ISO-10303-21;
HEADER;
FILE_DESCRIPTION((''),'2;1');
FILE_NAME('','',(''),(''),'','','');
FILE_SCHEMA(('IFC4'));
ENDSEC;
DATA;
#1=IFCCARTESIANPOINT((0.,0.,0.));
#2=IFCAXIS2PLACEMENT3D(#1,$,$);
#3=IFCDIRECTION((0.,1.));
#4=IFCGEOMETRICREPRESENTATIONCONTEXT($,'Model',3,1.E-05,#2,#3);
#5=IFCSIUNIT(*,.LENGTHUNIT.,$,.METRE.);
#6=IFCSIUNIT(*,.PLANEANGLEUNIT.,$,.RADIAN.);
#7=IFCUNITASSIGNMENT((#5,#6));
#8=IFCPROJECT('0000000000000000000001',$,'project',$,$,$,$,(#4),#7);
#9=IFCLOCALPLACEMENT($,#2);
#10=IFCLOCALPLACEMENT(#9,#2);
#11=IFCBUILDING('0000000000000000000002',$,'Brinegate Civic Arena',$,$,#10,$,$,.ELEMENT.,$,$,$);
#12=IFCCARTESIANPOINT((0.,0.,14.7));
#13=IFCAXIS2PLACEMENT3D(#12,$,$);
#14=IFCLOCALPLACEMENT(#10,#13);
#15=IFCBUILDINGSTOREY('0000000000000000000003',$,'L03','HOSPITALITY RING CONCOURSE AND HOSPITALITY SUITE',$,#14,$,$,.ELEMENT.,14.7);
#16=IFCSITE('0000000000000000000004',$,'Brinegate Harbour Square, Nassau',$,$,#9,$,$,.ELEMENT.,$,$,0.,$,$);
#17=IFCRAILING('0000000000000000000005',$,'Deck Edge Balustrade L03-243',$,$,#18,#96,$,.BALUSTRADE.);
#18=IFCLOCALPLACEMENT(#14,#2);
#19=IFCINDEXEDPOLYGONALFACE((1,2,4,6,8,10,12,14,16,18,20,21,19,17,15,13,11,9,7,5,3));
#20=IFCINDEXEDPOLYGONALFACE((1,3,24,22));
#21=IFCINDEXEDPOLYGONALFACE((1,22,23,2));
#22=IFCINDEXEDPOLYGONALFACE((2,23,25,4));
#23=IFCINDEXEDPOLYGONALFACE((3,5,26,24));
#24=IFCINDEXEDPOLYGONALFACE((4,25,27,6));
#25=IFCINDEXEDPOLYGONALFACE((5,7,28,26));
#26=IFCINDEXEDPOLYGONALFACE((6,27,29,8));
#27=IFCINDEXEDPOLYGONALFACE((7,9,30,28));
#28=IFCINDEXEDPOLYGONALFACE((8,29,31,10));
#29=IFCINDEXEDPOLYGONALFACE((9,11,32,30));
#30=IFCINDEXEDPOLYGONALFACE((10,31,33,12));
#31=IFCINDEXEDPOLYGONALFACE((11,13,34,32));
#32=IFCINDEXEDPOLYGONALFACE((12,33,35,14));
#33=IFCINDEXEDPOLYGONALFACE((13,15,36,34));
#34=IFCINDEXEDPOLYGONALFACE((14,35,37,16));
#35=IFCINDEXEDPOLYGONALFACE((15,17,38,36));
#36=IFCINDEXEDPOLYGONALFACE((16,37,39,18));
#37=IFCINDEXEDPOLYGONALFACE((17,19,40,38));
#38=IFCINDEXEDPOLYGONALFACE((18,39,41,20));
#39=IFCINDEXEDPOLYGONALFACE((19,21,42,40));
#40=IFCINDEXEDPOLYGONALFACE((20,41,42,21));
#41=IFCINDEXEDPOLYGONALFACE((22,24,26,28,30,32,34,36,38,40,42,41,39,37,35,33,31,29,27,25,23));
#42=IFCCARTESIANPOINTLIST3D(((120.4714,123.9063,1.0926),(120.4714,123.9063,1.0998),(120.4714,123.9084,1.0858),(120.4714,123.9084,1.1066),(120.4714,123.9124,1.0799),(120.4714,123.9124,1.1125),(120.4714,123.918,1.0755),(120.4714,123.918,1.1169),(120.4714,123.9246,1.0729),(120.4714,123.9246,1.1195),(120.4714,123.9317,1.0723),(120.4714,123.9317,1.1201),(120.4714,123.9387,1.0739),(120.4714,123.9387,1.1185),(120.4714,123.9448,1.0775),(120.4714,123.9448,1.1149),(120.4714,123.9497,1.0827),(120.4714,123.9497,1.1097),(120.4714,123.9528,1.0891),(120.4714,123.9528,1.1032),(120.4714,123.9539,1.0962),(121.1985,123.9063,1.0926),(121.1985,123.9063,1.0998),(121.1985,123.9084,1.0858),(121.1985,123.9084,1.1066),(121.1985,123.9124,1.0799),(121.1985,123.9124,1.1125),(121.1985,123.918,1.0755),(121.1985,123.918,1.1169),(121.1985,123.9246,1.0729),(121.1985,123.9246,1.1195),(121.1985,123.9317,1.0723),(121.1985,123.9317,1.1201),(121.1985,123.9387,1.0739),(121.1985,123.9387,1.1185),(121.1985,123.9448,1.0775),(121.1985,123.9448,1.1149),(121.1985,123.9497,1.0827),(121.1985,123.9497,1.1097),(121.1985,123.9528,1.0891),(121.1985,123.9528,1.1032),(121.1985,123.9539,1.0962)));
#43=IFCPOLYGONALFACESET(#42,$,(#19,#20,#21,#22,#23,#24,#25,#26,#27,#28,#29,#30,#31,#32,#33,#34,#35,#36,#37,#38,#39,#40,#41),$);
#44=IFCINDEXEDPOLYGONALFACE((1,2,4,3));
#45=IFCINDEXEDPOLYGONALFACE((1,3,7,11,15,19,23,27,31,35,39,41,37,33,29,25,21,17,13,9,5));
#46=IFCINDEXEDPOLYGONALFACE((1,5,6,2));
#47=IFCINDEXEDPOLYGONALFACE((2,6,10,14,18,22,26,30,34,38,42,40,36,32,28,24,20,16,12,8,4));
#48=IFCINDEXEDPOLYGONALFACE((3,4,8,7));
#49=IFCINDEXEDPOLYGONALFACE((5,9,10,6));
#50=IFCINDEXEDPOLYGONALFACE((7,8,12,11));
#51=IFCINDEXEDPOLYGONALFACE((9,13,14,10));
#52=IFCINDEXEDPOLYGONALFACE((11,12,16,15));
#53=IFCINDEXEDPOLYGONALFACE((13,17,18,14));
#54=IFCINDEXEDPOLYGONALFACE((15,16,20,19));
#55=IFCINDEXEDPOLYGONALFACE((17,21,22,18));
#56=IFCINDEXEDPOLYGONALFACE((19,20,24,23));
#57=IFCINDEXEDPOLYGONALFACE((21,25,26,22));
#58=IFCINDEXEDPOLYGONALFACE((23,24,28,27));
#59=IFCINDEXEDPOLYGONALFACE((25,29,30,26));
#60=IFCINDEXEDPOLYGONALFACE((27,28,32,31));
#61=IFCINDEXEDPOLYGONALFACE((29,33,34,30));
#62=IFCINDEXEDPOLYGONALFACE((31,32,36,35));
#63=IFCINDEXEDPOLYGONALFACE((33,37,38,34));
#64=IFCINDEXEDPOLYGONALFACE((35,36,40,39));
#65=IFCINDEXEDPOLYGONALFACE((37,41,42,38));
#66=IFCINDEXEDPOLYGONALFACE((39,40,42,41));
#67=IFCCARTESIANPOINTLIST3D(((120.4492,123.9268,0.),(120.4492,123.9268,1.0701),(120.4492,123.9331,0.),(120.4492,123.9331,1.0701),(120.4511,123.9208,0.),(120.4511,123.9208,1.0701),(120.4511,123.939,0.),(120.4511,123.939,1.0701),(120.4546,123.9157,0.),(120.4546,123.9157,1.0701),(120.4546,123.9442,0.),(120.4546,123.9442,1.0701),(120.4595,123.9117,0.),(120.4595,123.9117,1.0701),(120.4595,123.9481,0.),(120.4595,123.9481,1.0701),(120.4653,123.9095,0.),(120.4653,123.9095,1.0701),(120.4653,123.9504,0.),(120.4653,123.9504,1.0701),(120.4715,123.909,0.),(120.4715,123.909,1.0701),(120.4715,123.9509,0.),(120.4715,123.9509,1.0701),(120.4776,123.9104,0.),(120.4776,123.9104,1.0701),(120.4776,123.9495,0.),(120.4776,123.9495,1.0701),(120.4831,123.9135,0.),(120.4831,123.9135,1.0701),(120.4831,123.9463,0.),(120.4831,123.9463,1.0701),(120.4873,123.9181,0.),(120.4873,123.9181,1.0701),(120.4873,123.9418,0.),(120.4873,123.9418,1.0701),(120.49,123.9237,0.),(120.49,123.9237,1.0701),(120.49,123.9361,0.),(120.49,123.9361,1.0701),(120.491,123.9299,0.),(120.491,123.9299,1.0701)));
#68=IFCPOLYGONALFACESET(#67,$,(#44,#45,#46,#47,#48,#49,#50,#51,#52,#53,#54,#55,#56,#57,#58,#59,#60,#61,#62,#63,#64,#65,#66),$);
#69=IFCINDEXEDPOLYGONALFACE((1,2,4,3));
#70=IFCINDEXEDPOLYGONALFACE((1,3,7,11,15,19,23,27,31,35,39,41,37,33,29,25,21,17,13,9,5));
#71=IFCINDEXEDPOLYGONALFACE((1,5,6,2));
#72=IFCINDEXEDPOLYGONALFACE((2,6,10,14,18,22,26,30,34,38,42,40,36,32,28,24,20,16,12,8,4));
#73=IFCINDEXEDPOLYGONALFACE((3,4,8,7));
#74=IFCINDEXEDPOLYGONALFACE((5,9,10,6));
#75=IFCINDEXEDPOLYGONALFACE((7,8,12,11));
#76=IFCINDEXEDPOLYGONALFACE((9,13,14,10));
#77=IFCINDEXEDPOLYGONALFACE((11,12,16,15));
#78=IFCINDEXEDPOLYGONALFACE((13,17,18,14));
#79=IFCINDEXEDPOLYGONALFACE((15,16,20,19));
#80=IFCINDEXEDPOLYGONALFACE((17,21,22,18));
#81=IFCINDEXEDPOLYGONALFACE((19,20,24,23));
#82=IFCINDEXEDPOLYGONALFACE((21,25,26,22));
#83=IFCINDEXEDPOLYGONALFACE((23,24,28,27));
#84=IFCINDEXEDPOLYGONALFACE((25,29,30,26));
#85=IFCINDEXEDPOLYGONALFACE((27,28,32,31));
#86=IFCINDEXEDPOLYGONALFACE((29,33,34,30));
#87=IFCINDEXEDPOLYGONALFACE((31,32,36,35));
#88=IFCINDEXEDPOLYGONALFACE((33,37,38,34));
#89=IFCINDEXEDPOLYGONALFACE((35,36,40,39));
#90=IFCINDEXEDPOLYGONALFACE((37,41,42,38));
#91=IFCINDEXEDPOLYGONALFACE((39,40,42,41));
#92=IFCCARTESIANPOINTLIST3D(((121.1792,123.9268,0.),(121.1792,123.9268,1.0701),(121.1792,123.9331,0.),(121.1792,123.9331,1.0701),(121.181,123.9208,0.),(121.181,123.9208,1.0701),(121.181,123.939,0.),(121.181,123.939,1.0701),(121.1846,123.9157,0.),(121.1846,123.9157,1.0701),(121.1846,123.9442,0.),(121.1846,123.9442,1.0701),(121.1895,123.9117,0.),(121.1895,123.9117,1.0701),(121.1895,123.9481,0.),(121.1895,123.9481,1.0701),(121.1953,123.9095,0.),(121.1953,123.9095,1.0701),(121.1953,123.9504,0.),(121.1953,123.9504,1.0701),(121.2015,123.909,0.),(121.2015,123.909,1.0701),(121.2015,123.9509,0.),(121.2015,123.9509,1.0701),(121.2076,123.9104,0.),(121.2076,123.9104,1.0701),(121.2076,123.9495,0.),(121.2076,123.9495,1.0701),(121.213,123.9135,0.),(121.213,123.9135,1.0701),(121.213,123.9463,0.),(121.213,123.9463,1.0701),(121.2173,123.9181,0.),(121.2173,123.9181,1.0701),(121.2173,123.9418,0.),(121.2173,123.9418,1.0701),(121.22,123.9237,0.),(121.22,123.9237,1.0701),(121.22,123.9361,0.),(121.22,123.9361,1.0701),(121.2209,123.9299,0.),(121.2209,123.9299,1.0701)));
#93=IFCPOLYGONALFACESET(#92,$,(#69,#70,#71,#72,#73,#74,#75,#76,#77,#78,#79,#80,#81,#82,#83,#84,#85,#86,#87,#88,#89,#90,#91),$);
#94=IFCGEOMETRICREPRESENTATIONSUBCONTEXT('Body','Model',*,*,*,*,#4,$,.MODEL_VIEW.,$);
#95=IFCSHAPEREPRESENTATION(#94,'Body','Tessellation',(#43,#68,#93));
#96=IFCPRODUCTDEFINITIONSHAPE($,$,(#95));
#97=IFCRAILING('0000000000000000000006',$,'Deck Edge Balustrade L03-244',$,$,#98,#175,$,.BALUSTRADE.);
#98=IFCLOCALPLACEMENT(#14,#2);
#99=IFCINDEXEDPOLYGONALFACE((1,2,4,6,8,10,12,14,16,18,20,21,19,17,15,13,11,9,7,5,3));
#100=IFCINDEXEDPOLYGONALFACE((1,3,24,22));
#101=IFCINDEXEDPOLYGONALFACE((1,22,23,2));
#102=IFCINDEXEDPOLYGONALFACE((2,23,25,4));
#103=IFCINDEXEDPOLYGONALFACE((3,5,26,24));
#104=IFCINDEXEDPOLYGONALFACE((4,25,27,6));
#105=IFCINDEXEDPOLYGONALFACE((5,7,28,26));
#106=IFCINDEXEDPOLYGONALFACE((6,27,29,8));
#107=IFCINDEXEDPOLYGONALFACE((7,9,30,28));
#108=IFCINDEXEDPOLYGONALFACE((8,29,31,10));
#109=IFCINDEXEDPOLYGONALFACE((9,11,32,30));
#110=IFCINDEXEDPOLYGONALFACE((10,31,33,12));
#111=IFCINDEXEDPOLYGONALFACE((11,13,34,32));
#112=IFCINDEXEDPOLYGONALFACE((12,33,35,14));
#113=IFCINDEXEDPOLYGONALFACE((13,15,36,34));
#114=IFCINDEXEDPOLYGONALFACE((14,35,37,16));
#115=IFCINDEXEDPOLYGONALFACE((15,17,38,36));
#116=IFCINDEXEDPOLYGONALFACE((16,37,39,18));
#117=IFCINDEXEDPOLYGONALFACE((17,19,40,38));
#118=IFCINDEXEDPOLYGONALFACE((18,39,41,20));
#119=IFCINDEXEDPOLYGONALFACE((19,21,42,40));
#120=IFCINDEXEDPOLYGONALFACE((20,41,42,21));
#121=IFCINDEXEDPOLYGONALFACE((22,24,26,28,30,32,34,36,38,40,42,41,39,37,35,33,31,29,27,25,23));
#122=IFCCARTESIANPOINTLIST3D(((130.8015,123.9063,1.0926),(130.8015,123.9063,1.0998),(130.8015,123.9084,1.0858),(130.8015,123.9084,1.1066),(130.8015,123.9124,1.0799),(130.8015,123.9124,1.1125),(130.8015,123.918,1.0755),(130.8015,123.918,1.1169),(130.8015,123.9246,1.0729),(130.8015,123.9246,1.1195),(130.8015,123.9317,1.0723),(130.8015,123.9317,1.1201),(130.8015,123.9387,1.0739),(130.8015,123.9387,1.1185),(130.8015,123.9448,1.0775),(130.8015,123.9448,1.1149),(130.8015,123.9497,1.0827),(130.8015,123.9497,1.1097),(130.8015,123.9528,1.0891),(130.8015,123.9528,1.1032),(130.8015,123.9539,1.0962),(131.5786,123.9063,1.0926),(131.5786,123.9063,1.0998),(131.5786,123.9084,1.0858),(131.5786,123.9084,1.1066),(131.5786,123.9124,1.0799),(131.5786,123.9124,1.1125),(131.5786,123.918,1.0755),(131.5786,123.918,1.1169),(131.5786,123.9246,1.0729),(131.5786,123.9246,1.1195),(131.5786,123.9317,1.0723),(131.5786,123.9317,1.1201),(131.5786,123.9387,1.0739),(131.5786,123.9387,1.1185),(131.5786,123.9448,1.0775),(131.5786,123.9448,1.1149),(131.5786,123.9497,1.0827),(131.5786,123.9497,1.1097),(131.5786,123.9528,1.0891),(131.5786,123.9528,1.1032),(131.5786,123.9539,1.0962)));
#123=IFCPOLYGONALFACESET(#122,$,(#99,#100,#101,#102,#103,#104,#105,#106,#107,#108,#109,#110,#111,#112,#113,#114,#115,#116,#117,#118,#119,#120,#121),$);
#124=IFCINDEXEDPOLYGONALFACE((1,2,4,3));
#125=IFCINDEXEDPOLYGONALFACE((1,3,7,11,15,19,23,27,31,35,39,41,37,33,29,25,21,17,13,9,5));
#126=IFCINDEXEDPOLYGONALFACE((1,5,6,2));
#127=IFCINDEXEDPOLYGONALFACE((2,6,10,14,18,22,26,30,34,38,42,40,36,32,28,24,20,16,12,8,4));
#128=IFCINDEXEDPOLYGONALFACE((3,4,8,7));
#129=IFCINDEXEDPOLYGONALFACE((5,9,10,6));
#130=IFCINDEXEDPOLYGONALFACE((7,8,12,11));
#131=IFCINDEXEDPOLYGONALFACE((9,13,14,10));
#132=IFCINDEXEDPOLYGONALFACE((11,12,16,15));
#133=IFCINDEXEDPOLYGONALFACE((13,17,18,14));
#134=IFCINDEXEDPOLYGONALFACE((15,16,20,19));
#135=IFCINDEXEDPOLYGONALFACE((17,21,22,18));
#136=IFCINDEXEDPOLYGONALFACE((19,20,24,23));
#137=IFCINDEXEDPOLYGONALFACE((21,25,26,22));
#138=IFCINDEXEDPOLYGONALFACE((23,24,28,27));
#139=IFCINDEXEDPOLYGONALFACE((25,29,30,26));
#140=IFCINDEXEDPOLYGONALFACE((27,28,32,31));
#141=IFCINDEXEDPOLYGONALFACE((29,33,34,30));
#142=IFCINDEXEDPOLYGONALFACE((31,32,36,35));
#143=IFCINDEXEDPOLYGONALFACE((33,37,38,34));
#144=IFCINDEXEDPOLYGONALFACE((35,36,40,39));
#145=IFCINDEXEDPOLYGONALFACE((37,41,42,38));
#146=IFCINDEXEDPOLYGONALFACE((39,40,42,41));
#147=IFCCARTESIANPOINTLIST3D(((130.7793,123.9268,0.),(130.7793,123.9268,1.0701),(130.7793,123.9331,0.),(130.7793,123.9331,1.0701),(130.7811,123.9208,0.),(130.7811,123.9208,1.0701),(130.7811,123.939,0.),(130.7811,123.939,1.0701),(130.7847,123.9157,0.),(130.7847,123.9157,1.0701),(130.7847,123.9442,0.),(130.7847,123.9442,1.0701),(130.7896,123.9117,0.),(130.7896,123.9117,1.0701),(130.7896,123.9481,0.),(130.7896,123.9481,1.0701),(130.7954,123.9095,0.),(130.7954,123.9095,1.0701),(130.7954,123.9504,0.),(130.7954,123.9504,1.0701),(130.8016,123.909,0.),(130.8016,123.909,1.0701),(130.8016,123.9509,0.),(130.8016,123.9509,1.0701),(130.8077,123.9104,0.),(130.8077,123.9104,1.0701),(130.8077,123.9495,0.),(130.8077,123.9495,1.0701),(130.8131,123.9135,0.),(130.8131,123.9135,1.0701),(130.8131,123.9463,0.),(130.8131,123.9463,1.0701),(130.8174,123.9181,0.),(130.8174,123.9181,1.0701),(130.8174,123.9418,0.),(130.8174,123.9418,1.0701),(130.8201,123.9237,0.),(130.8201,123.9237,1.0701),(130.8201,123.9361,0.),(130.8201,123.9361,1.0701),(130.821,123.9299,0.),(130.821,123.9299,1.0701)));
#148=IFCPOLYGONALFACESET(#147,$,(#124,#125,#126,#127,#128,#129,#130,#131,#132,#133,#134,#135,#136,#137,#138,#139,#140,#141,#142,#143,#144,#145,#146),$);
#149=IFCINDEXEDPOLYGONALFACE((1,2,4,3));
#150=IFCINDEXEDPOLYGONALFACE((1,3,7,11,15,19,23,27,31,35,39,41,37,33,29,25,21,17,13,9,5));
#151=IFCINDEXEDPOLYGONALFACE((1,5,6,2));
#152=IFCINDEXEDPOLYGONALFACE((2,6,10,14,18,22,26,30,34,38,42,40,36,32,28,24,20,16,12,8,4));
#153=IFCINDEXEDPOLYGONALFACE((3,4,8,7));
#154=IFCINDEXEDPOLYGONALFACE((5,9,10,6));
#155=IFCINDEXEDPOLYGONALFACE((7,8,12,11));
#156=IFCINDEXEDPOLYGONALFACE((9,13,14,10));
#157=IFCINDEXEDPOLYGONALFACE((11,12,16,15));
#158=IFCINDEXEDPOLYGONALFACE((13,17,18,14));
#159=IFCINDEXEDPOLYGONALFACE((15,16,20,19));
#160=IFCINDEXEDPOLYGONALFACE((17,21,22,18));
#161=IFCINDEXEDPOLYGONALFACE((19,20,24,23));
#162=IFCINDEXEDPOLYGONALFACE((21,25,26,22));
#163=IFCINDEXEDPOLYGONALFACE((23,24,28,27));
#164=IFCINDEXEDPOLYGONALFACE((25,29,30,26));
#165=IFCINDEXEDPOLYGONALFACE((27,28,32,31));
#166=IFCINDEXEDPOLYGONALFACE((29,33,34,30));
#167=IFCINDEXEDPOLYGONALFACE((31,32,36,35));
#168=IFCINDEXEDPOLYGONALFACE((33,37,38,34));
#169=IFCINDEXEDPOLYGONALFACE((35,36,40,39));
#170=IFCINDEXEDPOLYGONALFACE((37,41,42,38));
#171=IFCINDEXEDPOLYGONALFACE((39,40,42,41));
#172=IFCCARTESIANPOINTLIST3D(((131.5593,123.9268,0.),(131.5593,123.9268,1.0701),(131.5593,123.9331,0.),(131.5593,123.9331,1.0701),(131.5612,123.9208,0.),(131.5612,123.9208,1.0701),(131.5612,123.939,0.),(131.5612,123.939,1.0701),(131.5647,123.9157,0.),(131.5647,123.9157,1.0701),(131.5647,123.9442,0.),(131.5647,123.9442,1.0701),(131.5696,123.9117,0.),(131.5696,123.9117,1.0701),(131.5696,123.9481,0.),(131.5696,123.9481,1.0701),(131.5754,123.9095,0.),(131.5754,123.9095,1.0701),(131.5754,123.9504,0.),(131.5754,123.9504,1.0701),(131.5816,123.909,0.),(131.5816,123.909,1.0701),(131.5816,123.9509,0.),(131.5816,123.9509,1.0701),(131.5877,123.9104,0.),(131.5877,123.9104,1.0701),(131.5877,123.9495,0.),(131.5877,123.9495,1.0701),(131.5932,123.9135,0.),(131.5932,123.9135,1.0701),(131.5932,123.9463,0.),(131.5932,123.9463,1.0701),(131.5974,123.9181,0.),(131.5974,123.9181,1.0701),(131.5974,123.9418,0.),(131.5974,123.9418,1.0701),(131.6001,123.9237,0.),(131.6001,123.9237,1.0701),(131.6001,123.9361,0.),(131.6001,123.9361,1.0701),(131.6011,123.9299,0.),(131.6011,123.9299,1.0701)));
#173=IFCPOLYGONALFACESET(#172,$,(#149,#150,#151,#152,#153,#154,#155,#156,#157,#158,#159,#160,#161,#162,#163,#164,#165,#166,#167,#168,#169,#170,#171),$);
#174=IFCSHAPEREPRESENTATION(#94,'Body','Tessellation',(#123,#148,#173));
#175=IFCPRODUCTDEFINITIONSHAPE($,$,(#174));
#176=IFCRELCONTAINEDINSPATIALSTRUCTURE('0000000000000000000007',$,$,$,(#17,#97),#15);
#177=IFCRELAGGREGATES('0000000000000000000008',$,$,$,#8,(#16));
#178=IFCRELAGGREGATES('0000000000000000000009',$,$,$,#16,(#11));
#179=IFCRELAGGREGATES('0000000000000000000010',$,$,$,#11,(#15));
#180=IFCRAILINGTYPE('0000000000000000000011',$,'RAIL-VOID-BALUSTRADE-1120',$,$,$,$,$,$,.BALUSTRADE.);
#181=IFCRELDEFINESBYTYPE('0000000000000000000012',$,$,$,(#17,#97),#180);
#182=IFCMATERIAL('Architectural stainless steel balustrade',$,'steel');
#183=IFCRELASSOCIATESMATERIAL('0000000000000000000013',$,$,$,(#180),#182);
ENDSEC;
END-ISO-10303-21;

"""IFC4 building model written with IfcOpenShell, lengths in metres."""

from ifc_helpers import new_model, si_unit, direction, frame, origin, origin_2d, place, context, subcontext, project, spatial, circle, extrude, material, type_object, element, save


model = new_model("IFC4")

# Units and contexts
model_context = context("Model", 3, precision=1e-05, world=origin(), true_north=direction((0.0, 1.0)))
body_context = subcontext(model_context, "Body", "Model", "MODEL_VIEW")
ifc_project = project(units=[si_unit("LENGTHUNIT", "METRE"), si_unit("PLANEANGLEUNIT", "RADIAN")], contexts=[model_context])

# Site, building, storey
site_placement = place(None, origin())
site = spatial("IfcSite", under=ifc_project, at=site_placement, Name="Brinegate Harbour Square, Nassau", CompositionType="ELEMENT", RefElevation=0.0)
building_placement = place(site_placement, origin())
building = spatial("IfcBuilding", under=site, at=building_placement, Name="Brinegate Civic Arena", CompositionType="ELEMENT")
storey_placement = place(building_placement, frame((0.0, 0.0, 14.7)))
storey = spatial("IfcBuildingStorey", under=building, at=storey_placement, Name="L03", Description="HOSPITALITY RING CONCOURSE AND HOSPITALITY SUITE", CompositionType="ELEMENT", Elevation=14.7)

# Railings
ifc_material_1 = material(Name="Architectural stainless steel balustrade", Category="steel")
railing_type_1 = type_object("IfcRailingType", Name="RAIL-VOID-BALUSTRADE-1120", PredefinedType="BALUSTRADE", material=ifc_material_1)
railing_1_placement = place(storey_placement, frame((120.47, 123.9299, 0.0)))
element("IfcRailing", 1, at=railing_1_placement, inside=storey, type_object=railing_type_1, Name="Deck Edge Balustrade L03-243", PredefinedType="BALUSTRADE", context=body_context, shape_type="SweptSolid", body=[
    extrude(circle(Radius=0.0239, at=origin_2d()), frame((0.0015, 0.0, 1.0962), z_axis=(1.0, 0.0, 0.0), x_axis=(0.0, 1.0, 0.0)), (0.0, 0.0, 1.0), 0.7271),
    extrude(circle(Radius=0.021, at=origin_2d()), origin(), (0.0, 0.0, 1.0), 1.0701),
    extrude(circle(Radius=0.021, at=origin_2d()), frame((0.73, 0.0, 0.0)), (0.0, 0.0, 1.0), 1.0701),
])
railing_2_placement = place(storey_placement, frame((130.8, 123.9299, 0.0)))
element("IfcRailing", 2, at=railing_2_placement, inside=storey, type_object=railing_type_1, Name="Deck Edge Balustrade L03-244", PredefinedType="BALUSTRADE", context=body_context, shape_type="SweptSolid", body=[
    extrude(circle(Radius=0.0239, at=origin_2d()), frame((0.0015, 0.0, 1.0962), z_axis=(1.0, 0.0, 0.0), x_axis=(0.0, 1.0, 0.0)), (0.0, 0.0, 1.0), 0.7771),
    extrude(circle(Radius=0.021, at=origin_2d()), origin(), (0.0, 0.0, 1.0), 1.0701),
    extrude(circle(Radius=0.021, at=origin_2d()), frame((0.78, 0.0, 0.0)), (0.0, 0.0, 1.0), 1.0701),
])

save(model, "model.ifc")
